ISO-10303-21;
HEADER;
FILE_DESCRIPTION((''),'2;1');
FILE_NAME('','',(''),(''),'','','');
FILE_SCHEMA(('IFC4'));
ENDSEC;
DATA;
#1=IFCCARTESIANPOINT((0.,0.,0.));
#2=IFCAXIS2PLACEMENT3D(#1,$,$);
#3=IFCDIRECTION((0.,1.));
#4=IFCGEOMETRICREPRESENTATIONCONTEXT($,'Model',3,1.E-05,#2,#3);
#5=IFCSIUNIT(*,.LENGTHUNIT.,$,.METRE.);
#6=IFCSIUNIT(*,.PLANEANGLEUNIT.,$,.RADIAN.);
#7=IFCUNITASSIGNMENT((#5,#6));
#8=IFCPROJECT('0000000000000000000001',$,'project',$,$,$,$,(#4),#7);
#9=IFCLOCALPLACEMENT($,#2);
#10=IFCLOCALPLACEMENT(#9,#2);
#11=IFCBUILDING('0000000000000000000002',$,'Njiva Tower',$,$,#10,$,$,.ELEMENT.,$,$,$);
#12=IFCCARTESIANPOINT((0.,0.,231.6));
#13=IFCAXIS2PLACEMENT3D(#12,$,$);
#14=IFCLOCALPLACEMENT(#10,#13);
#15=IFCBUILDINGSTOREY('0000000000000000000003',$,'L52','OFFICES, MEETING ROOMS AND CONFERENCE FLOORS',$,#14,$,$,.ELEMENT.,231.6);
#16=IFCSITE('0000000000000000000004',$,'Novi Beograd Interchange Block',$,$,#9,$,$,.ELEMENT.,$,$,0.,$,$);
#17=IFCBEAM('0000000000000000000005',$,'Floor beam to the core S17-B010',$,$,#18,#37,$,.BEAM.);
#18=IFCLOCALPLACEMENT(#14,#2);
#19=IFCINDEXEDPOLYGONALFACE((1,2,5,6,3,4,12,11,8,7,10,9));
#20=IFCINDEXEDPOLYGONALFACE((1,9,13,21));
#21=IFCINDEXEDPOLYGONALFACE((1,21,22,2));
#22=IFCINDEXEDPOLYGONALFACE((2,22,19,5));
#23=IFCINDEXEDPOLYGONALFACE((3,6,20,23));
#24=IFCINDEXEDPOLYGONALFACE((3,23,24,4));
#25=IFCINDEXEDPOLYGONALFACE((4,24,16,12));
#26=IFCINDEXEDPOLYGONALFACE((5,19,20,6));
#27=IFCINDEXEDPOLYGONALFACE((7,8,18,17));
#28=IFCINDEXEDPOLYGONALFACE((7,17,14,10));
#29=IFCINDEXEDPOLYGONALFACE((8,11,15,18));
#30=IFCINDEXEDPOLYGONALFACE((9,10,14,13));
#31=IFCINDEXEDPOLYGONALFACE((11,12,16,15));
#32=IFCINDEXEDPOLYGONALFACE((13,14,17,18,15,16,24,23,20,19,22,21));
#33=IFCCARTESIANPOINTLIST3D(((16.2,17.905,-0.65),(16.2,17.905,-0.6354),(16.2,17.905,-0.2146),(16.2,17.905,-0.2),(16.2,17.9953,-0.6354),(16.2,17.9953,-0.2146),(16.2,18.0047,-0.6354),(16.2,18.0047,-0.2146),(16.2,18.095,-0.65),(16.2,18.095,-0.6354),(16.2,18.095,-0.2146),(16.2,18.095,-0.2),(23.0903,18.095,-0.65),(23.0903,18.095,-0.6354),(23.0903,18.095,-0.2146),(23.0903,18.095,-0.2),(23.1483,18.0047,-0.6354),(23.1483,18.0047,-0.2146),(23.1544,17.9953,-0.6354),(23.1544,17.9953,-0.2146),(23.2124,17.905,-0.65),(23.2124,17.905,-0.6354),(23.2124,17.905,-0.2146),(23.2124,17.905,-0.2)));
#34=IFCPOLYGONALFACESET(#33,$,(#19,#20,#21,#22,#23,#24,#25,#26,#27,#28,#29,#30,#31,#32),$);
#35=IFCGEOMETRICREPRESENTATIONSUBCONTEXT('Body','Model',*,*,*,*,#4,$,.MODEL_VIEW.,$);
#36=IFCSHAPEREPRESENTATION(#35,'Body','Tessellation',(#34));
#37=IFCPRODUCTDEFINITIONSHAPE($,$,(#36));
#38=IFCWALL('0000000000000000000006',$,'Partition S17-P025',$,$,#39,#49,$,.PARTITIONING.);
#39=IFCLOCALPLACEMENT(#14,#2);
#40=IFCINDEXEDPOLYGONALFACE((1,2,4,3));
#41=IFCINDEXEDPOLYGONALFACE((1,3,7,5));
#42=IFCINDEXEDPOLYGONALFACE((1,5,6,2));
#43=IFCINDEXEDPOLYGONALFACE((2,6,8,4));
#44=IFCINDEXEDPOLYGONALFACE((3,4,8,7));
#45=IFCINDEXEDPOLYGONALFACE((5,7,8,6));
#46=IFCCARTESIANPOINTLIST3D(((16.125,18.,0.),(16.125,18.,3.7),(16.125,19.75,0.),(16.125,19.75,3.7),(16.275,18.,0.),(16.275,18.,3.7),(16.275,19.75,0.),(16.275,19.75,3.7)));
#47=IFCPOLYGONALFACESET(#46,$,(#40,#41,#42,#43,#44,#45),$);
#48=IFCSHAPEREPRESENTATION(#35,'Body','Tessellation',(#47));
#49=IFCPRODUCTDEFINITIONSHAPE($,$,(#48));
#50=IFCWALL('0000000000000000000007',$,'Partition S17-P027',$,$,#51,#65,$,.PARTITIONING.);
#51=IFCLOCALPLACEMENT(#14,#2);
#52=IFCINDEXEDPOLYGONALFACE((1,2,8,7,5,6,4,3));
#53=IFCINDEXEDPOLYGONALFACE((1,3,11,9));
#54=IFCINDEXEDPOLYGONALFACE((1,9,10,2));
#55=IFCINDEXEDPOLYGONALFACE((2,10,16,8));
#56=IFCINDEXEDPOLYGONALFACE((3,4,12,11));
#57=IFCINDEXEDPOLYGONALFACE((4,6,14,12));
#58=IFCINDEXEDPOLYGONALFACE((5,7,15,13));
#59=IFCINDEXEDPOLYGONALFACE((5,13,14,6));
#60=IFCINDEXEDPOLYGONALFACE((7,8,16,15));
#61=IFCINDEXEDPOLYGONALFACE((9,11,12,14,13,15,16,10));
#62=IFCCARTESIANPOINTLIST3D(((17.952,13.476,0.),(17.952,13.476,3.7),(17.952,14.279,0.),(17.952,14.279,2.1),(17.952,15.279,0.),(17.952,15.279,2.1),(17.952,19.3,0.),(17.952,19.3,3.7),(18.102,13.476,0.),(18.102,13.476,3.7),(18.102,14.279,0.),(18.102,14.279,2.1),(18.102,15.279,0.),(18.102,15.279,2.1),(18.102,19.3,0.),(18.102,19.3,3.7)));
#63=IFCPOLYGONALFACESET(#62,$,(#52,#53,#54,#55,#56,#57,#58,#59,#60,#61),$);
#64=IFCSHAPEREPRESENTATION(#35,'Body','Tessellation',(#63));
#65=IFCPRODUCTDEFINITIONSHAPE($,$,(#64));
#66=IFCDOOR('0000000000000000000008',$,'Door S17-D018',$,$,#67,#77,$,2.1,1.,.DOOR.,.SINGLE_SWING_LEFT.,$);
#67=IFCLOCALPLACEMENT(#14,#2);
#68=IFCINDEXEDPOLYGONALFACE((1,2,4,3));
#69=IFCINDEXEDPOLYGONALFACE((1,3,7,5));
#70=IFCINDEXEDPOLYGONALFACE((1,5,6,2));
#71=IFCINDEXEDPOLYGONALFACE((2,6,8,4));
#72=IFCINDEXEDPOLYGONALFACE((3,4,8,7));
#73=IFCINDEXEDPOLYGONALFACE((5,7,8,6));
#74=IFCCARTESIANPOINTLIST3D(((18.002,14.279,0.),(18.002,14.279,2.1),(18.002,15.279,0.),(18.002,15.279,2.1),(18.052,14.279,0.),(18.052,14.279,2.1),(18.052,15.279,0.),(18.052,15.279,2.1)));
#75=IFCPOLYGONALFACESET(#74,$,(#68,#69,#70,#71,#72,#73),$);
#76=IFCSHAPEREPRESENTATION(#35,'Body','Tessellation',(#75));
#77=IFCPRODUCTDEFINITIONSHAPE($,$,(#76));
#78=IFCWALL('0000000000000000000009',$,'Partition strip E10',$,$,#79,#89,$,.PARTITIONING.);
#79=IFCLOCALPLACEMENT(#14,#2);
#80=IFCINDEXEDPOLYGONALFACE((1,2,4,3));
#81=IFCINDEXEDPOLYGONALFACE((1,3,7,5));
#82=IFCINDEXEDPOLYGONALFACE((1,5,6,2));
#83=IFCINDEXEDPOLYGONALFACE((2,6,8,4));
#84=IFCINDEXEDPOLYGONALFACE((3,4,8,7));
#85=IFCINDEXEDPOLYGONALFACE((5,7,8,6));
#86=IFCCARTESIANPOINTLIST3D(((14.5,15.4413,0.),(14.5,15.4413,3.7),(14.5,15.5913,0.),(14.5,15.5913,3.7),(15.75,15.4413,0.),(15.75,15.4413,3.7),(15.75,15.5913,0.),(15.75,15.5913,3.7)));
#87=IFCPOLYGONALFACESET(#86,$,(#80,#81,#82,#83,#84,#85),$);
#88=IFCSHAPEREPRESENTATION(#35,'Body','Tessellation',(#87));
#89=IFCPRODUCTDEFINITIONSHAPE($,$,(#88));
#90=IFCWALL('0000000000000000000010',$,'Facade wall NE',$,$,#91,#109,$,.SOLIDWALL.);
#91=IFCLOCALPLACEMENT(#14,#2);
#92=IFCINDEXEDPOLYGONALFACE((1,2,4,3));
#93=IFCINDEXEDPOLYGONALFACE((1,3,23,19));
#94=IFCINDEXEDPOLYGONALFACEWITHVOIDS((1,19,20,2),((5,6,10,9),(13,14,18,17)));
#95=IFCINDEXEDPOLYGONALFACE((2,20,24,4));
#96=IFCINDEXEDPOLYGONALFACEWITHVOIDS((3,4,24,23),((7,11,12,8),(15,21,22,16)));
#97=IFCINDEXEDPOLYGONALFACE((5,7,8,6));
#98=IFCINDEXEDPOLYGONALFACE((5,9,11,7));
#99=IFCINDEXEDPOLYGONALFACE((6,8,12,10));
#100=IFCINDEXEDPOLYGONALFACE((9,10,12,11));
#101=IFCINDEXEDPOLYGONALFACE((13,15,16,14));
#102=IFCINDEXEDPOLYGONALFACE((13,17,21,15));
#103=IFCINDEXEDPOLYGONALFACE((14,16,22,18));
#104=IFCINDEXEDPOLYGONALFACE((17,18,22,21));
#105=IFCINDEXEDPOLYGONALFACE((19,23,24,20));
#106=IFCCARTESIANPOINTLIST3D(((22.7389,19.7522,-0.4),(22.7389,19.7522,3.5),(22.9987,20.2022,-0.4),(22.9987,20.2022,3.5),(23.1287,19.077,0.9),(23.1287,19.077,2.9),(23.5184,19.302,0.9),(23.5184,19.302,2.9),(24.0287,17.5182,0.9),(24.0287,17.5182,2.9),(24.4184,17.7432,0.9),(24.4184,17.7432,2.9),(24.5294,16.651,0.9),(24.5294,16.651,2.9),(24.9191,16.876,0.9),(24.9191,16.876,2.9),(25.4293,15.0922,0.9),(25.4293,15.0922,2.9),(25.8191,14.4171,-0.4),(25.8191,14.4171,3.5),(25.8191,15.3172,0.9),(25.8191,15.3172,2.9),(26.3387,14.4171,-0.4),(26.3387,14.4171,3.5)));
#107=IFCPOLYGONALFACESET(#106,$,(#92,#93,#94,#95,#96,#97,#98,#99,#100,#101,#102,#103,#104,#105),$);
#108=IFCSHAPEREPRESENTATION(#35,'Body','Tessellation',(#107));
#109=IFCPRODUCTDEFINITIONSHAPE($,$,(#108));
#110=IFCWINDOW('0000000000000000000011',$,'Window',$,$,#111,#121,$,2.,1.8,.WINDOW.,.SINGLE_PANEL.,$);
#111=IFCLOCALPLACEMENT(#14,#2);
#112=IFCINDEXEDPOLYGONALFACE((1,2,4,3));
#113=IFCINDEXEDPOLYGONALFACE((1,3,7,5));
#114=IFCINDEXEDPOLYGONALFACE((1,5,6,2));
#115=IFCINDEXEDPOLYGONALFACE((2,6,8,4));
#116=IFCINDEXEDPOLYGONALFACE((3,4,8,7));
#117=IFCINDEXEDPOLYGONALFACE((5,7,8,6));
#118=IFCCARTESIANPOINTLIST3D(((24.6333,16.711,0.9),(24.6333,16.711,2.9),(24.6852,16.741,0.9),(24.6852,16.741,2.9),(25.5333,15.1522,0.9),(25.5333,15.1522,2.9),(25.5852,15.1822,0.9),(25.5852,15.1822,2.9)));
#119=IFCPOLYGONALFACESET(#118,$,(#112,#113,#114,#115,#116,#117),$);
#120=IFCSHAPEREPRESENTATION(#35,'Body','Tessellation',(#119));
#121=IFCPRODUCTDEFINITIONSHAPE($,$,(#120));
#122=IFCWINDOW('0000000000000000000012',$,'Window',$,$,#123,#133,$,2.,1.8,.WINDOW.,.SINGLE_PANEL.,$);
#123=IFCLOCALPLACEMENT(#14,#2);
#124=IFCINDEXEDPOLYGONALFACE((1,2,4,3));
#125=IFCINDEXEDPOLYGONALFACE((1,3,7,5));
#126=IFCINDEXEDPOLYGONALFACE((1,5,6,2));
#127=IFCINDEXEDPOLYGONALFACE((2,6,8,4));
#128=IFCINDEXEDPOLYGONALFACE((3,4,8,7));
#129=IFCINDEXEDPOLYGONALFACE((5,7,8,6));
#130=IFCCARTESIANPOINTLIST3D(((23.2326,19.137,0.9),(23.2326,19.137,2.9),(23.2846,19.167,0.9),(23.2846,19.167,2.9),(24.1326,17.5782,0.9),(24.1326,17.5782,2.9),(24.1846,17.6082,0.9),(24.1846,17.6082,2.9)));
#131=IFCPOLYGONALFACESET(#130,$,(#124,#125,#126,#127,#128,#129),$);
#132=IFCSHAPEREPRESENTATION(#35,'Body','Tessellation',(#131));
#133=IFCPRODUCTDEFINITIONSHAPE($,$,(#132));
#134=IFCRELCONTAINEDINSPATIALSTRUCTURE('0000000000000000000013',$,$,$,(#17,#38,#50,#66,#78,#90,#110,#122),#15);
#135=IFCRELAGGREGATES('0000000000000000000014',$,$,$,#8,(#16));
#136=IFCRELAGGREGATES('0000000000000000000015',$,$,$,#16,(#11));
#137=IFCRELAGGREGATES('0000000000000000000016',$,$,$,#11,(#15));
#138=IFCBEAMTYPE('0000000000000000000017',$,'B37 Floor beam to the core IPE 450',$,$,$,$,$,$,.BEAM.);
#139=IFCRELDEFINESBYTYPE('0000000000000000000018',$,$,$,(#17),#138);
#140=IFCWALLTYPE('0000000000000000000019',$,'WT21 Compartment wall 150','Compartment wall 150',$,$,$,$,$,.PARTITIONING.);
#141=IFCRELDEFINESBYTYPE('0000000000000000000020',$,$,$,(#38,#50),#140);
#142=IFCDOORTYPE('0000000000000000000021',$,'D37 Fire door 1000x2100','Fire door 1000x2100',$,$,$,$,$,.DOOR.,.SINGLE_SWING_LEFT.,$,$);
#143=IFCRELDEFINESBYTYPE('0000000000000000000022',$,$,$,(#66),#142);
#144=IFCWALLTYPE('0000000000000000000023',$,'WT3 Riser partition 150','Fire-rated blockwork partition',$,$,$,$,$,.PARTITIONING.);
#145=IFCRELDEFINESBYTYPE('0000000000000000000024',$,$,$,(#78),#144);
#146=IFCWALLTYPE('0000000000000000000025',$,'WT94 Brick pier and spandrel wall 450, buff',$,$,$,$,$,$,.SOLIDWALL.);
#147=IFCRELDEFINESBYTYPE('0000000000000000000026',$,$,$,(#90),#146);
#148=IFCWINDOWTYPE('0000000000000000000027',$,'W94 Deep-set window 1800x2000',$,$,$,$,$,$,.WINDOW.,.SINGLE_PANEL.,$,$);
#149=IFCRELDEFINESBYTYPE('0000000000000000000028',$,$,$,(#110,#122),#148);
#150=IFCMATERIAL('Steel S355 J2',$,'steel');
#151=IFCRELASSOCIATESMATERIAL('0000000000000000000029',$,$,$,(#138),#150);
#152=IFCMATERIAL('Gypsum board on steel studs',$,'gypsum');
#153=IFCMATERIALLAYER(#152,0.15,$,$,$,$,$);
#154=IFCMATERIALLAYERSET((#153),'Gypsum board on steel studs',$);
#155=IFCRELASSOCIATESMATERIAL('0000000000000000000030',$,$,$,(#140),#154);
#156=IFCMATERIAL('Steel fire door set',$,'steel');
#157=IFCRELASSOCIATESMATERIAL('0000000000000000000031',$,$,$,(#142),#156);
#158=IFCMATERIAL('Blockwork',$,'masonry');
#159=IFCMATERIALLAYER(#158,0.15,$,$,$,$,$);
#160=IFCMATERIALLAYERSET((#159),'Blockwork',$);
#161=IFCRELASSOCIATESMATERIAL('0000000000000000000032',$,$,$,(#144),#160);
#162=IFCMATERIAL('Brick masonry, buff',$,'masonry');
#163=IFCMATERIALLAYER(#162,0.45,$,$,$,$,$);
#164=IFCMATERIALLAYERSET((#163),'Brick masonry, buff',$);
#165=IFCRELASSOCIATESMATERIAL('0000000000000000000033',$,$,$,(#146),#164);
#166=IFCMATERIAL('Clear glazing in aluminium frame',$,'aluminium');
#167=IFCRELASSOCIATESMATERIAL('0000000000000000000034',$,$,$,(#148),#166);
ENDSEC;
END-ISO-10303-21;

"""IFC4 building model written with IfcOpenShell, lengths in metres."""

from ifc_helpers import new_model, si_unit, direction, frame, frame_2d, origin, origin_2d, place, context, subcontext, project, spatial, polyline, rectangle, i_section, outline, extrude, clip, halfspace, material, layer, layer_set, material_profile, profile_set, type_object, element, fill, save


model = new_model("IFC4")

# Units and contexts
model_context = context("Model", 3, precision=1e-05, world=origin(), true_north=direction((0.0, 1.0)))
body_context = subcontext(model_context, "Body", "Model", "MODEL_VIEW")
ifc_project = project(units=[si_unit("LENGTHUNIT", "METRE"), si_unit("PLANEANGLEUNIT", "RADIAN")], contexts=[model_context])

# Site, building, storey
site_placement = place(None, origin())
site = spatial("IfcSite", under=ifc_project, at=site_placement, Name="Novi Beograd Interchange Block", CompositionType="ELEMENT", RefElevation=0.0)
building_placement = place(site_placement, origin())
building = spatial("IfcBuilding", under=site, at=building_placement, Name="Njiva Tower", CompositionType="ELEMENT")
storey_placement = place(building_placement, frame((0.0, 0.0, 231.6)))
storey = spatial("IfcBuildingStorey", under=building, at=storey_placement, Name="L52", Description="OFFICES, MEETING ROOMS AND CONFERENCE FLOORS", CompositionType="ELEMENT", Elevation=231.6)

# Shared definitions
ifc_material_1 = material(Name="Steel S355 J2", Category="steel")

# Beam
ifc_material_profile_1 = material_profile(ifc_material_1, i_section(OverallWidth=0.19, OverallDepth=0.45, WebThickness=0.0094, FlangeThickness=0.0146, at=origin_2d()), Name="IPE 450")
ifc_profile_set_1 = profile_set([ifc_material_profile_1], Name="Steel S355 J2")
beam_type_1 = type_object("IfcBeamType", Name="B37 Floor beam to the core IPE 450", PredefinedType="BEAM", material=ifc_profile_set_1)
beam_1_placement = place(storey_placement, frame((16.2, 18.0, -0.425), z_axis=(1.0, 0.0, 0.0), x_axis=(0.0, 1.0, 0.0)))
element("IfcBeam", 1, at=beam_1_placement, inside=storey, type_object=beam_type_1, Name="Floor beam to the core S17-B010", PredefinedType="BEAM", context=body_context, shape_type="Clipping", body=[
    clip(extrude(i_section(OverallWidth=0.19, OverallDepth=0.45, WebThickness=0.0094, FlangeThickness=0.0146, at=origin_2d()), origin(), (0.0, 0.0, 1.0), 7.032), halfspace(frame((0.027, 0.0, 6.934), z_axis=(0.540539, 0.0, 0.841319), x_axis=(0.0, 1.0, 0.0)), False)),
])

# Wall
ifc_material_2 = material(Name="Gypsum board on steel studs", Category="gypsum")
ifc_layer_1 = layer(ifc_material_2, 0.15)
ifc_layer_set_1 = layer_set([ifc_layer_1], Name="Gypsum board on steel studs")
wall_type_1 = type_object("IfcWallType", Name="WT21 Compartment wall 150", Description="Compartment wall 150", PredefinedType="PARTITIONING", material=ifc_layer_set_1)
wall_1_placement = place(storey_placement, frame((16.2, 18.0, 0.0), z_axis=(0.0, 0.0, 1.0), x_axis=(0.0, 1.0, 0.0)))
element("IfcWall", 2, at=wall_1_placement, inside=storey, type_object=wall_type_1, Name="Partition S17-P025", PredefinedType="PARTITIONING", context=body_context, shape_type="SweptSolid", body=[
    extrude(rectangle(XDim=1.75, YDim=0.15, at=frame_2d((0.875, 0.0))), origin(), (0.0, 0.0, 1.0), 3.7),
])

# Wall, opening, door
wall_2_placement = place(storey_placement, frame((18.027, 13.476, 0.0), z_axis=(0.0, 0.0, 1.0), x_axis=(0.0, 1.0, 0.0)))
wall_2 = element("IfcWall", 3, at=wall_2_placement, inside=storey, type_object=wall_type_1, Name="Partition S17-P027", PredefinedType="PARTITIONING", context=body_context, shape_type="SweptSolid", body=[
    extrude(rectangle(XDim=5.824, YDim=0.15, at=frame_2d((2.912, 0.0))), origin(), (0.0, 0.0, 1.0), 3.7),
])
opening_1_placement = place(wall_2_placement, frame((0.803, 0.0, 0.0)))
opening_1 = element("IfcOpeningElement", 4, at=opening_1_placement, cuts=wall_2, PredefinedType="OPENING", context=body_context, shape_type="SweptSolid", body=[
    extrude(rectangle(XDim=1.0, YDim=2.1, at=frame_2d((0.5, 1.05))), frame((0.0, 0.085, 0.0), z_axis=(0.0, -1.0, 0.0), x_axis=(1.0, 0.0, 0.0)), (0.0, 0.0, 1.0), 0.17),
])
ifc_material_3 = material(Name="Steel fire door set", Category="steel")
door_type = type_object("IfcDoorType", Name="D37 Fire door 1000x2100", Description="Fire door 1000x2100", OperationType="SINGLE_SWING_LEFT", PredefinedType="DOOR", material=ifc_material_3)
door_placement = place(opening_1_placement, origin())
door = element("IfcDoor", 5, at=door_placement, inside=storey, type_object=door_type, Name="Door S17-D018", OperationType="SINGLE_SWING_LEFT", OverallHeight=2.1, OverallWidth=1.0, PredefinedType="DOOR", context=body_context, shape_type="SweptSolid", body=[
    extrude(rectangle(XDim=1.0, YDim=2.1, at=frame_2d((0.5, 1.05))), frame((0.0, 0.025, 0.0), z_axis=(0.0, -1.0, 0.0), x_axis=(1.0, 0.0, 0.0)), (0.0, 0.0, 1.0), 0.05),
])
fill(opening_1, door)

# Wall
ifc_material_4 = material(Name="Blockwork", Category="masonry")
ifc_layer_2 = layer(ifc_material_4, 0.15)
ifc_layer_set_2 = layer_set([ifc_layer_2], Name="Blockwork")
wall_type_2 = type_object("IfcWallType", Name="WT3 Riser partition 150", Description="Fire-rated blockwork partition", PredefinedType="PARTITIONING", material=ifc_layer_set_2)
wall_3_placement = place(storey_placement, frame((14.5, 15.5163, 0.0), z_axis=(0.0, 0.0, 1.0), x_axis=(1.0, 0.0, 0.0)))
element("IfcWall", 6, at=wall_3_placement, inside=storey, type_object=wall_type_2, Name="Partition strip E10", PredefinedType="PARTITIONING", context=body_context, shape_type="SweptSolid", body=[
    extrude(rectangle(XDim=1.25, YDim=0.15, at=frame_2d((0.625, 0.0))), origin(), (0.0, 0.0, 1.0), 3.7),
])

# Wall, openings, windows
ifc_material_5 = material(Name="Clear glazing in aluminium frame", Category="aluminium")
ifc_material_6 = material(Name="Brick masonry, buff", Category="masonry")
ifc_layer_3 = layer(ifc_material_6, 0.45)
ifc_layer_set_3 = layer_set([ifc_layer_3], Name="Brick masonry, buff")
wall_type_3 = type_object("IfcWallType", Name="WT94 Brick pier and spandrel wall 450, buff", PredefinedType="SOLIDWALL", material=ifc_layer_set_3)
wall_4_placement = place(storey_placement, frame((26.0789, 14.4171, -0.4), z_axis=(0.0, 0.0, 1.0), x_axis=(-0.499997, 0.866027, 0.0)))
wall_4 = element("IfcWall", 7, at=wall_4_placement, inside=storey, type_object=wall_type_3, Name="Facade wall NE", PredefinedType="SOLIDWALL", context=body_context, shape_type="SweptSolid", body=[
    extrude(outline(polyline([(-0.1299, -0.225), (6.5501, -0.225), (6.2903, 0.225), (0.1299, 0.225), (-0.1299, -0.225)])), origin(), (0.0, 0.0, 1.0), 3.9),
])
opening_2_placement = place(wall_4_placement, frame((0.9094, 0.0, 1.3)))
opening_2 = element("IfcOpeningElement", 8, at=opening_2_placement, cuts=wall_4, PredefinedType="OPENING", context=body_context, shape_type="SweptSolid", body=[
    extrude(rectangle(XDim=1.8, YDim=2.0, at=frame_2d((0.9, 1.0))), frame((0.0, 0.235, 0.0), z_axis=(0.0, -1.0, 0.0), x_axis=(1.0, 0.0, 0.0)), (0.0, 0.0, 1.0), 0.47),
])
opening_3_placement = place(wall_4_placement, frame((3.7107, 0.0, 1.3)))
opening_3 = element("IfcOpeningElement", 9, at=opening_3_placement, cuts=wall_4, PredefinedType="OPENING", context=body_context, shape_type="SweptSolid", body=[
    extrude(rectangle(XDim=1.8, YDim=2.0, at=frame_2d((0.9, 1.0))), frame((0.0, 0.235, 0.0), z_axis=(0.0, -1.0, 0.0), x_axis=(1.0, 0.0, 0.0)), (0.0, 0.0, 1.0), 0.47),
])
window_type_1 = type_object("IfcWindowType", Name="W94 Deep-set window 1800x2000", PartitioningType="SINGLE_PANEL", PredefinedType="WINDOW", material=ifc_material_5)
window_1_placement = place(opening_2_placement, origin())
window_1 = element("IfcWindow", 10, at=window_1_placement, inside=storey, type_object=window_type_1, Name="Window", OverallHeight=2.0, OverallWidth=1.8, PartitioningType="SINGLE_PANEL", PredefinedType="WINDOW", context=body_context, shape_type="SweptSolid", body=[
    extrude(rectangle(XDim=1.8, YDim=2.0, at=frame_2d((0.9, 1.0))), frame((0.0, 0.105, 0.0), z_axis=(0.0, -1.0, 0.0), x_axis=(1.0, 0.0, 0.0)), (0.0, 0.0, 1.0), 0.06),
])
fill(opening_2, window_1)
window_2_placement = place(opening_3_placement, origin())
window_2 = element("IfcWindow", 11, at=window_2_placement, inside=storey, type_object=window_type_1, Name="Window", OverallHeight=2.0, OverallWidth=1.8, PartitioningType="SINGLE_PANEL", PredefinedType="WINDOW", context=body_context, shape_type="SweptSolid", body=[
    extrude(rectangle(XDim=1.8, YDim=2.0, at=frame_2d((0.9, 1.0))), frame((0.0, 0.105, 0.0), z_axis=(0.0, -1.0, 0.0), x_axis=(1.0, 0.0, 0.0)), (0.0, 0.0, 1.0), 0.06),
])
fill(opening_3, window_2)

save(model, "model.ifc")
